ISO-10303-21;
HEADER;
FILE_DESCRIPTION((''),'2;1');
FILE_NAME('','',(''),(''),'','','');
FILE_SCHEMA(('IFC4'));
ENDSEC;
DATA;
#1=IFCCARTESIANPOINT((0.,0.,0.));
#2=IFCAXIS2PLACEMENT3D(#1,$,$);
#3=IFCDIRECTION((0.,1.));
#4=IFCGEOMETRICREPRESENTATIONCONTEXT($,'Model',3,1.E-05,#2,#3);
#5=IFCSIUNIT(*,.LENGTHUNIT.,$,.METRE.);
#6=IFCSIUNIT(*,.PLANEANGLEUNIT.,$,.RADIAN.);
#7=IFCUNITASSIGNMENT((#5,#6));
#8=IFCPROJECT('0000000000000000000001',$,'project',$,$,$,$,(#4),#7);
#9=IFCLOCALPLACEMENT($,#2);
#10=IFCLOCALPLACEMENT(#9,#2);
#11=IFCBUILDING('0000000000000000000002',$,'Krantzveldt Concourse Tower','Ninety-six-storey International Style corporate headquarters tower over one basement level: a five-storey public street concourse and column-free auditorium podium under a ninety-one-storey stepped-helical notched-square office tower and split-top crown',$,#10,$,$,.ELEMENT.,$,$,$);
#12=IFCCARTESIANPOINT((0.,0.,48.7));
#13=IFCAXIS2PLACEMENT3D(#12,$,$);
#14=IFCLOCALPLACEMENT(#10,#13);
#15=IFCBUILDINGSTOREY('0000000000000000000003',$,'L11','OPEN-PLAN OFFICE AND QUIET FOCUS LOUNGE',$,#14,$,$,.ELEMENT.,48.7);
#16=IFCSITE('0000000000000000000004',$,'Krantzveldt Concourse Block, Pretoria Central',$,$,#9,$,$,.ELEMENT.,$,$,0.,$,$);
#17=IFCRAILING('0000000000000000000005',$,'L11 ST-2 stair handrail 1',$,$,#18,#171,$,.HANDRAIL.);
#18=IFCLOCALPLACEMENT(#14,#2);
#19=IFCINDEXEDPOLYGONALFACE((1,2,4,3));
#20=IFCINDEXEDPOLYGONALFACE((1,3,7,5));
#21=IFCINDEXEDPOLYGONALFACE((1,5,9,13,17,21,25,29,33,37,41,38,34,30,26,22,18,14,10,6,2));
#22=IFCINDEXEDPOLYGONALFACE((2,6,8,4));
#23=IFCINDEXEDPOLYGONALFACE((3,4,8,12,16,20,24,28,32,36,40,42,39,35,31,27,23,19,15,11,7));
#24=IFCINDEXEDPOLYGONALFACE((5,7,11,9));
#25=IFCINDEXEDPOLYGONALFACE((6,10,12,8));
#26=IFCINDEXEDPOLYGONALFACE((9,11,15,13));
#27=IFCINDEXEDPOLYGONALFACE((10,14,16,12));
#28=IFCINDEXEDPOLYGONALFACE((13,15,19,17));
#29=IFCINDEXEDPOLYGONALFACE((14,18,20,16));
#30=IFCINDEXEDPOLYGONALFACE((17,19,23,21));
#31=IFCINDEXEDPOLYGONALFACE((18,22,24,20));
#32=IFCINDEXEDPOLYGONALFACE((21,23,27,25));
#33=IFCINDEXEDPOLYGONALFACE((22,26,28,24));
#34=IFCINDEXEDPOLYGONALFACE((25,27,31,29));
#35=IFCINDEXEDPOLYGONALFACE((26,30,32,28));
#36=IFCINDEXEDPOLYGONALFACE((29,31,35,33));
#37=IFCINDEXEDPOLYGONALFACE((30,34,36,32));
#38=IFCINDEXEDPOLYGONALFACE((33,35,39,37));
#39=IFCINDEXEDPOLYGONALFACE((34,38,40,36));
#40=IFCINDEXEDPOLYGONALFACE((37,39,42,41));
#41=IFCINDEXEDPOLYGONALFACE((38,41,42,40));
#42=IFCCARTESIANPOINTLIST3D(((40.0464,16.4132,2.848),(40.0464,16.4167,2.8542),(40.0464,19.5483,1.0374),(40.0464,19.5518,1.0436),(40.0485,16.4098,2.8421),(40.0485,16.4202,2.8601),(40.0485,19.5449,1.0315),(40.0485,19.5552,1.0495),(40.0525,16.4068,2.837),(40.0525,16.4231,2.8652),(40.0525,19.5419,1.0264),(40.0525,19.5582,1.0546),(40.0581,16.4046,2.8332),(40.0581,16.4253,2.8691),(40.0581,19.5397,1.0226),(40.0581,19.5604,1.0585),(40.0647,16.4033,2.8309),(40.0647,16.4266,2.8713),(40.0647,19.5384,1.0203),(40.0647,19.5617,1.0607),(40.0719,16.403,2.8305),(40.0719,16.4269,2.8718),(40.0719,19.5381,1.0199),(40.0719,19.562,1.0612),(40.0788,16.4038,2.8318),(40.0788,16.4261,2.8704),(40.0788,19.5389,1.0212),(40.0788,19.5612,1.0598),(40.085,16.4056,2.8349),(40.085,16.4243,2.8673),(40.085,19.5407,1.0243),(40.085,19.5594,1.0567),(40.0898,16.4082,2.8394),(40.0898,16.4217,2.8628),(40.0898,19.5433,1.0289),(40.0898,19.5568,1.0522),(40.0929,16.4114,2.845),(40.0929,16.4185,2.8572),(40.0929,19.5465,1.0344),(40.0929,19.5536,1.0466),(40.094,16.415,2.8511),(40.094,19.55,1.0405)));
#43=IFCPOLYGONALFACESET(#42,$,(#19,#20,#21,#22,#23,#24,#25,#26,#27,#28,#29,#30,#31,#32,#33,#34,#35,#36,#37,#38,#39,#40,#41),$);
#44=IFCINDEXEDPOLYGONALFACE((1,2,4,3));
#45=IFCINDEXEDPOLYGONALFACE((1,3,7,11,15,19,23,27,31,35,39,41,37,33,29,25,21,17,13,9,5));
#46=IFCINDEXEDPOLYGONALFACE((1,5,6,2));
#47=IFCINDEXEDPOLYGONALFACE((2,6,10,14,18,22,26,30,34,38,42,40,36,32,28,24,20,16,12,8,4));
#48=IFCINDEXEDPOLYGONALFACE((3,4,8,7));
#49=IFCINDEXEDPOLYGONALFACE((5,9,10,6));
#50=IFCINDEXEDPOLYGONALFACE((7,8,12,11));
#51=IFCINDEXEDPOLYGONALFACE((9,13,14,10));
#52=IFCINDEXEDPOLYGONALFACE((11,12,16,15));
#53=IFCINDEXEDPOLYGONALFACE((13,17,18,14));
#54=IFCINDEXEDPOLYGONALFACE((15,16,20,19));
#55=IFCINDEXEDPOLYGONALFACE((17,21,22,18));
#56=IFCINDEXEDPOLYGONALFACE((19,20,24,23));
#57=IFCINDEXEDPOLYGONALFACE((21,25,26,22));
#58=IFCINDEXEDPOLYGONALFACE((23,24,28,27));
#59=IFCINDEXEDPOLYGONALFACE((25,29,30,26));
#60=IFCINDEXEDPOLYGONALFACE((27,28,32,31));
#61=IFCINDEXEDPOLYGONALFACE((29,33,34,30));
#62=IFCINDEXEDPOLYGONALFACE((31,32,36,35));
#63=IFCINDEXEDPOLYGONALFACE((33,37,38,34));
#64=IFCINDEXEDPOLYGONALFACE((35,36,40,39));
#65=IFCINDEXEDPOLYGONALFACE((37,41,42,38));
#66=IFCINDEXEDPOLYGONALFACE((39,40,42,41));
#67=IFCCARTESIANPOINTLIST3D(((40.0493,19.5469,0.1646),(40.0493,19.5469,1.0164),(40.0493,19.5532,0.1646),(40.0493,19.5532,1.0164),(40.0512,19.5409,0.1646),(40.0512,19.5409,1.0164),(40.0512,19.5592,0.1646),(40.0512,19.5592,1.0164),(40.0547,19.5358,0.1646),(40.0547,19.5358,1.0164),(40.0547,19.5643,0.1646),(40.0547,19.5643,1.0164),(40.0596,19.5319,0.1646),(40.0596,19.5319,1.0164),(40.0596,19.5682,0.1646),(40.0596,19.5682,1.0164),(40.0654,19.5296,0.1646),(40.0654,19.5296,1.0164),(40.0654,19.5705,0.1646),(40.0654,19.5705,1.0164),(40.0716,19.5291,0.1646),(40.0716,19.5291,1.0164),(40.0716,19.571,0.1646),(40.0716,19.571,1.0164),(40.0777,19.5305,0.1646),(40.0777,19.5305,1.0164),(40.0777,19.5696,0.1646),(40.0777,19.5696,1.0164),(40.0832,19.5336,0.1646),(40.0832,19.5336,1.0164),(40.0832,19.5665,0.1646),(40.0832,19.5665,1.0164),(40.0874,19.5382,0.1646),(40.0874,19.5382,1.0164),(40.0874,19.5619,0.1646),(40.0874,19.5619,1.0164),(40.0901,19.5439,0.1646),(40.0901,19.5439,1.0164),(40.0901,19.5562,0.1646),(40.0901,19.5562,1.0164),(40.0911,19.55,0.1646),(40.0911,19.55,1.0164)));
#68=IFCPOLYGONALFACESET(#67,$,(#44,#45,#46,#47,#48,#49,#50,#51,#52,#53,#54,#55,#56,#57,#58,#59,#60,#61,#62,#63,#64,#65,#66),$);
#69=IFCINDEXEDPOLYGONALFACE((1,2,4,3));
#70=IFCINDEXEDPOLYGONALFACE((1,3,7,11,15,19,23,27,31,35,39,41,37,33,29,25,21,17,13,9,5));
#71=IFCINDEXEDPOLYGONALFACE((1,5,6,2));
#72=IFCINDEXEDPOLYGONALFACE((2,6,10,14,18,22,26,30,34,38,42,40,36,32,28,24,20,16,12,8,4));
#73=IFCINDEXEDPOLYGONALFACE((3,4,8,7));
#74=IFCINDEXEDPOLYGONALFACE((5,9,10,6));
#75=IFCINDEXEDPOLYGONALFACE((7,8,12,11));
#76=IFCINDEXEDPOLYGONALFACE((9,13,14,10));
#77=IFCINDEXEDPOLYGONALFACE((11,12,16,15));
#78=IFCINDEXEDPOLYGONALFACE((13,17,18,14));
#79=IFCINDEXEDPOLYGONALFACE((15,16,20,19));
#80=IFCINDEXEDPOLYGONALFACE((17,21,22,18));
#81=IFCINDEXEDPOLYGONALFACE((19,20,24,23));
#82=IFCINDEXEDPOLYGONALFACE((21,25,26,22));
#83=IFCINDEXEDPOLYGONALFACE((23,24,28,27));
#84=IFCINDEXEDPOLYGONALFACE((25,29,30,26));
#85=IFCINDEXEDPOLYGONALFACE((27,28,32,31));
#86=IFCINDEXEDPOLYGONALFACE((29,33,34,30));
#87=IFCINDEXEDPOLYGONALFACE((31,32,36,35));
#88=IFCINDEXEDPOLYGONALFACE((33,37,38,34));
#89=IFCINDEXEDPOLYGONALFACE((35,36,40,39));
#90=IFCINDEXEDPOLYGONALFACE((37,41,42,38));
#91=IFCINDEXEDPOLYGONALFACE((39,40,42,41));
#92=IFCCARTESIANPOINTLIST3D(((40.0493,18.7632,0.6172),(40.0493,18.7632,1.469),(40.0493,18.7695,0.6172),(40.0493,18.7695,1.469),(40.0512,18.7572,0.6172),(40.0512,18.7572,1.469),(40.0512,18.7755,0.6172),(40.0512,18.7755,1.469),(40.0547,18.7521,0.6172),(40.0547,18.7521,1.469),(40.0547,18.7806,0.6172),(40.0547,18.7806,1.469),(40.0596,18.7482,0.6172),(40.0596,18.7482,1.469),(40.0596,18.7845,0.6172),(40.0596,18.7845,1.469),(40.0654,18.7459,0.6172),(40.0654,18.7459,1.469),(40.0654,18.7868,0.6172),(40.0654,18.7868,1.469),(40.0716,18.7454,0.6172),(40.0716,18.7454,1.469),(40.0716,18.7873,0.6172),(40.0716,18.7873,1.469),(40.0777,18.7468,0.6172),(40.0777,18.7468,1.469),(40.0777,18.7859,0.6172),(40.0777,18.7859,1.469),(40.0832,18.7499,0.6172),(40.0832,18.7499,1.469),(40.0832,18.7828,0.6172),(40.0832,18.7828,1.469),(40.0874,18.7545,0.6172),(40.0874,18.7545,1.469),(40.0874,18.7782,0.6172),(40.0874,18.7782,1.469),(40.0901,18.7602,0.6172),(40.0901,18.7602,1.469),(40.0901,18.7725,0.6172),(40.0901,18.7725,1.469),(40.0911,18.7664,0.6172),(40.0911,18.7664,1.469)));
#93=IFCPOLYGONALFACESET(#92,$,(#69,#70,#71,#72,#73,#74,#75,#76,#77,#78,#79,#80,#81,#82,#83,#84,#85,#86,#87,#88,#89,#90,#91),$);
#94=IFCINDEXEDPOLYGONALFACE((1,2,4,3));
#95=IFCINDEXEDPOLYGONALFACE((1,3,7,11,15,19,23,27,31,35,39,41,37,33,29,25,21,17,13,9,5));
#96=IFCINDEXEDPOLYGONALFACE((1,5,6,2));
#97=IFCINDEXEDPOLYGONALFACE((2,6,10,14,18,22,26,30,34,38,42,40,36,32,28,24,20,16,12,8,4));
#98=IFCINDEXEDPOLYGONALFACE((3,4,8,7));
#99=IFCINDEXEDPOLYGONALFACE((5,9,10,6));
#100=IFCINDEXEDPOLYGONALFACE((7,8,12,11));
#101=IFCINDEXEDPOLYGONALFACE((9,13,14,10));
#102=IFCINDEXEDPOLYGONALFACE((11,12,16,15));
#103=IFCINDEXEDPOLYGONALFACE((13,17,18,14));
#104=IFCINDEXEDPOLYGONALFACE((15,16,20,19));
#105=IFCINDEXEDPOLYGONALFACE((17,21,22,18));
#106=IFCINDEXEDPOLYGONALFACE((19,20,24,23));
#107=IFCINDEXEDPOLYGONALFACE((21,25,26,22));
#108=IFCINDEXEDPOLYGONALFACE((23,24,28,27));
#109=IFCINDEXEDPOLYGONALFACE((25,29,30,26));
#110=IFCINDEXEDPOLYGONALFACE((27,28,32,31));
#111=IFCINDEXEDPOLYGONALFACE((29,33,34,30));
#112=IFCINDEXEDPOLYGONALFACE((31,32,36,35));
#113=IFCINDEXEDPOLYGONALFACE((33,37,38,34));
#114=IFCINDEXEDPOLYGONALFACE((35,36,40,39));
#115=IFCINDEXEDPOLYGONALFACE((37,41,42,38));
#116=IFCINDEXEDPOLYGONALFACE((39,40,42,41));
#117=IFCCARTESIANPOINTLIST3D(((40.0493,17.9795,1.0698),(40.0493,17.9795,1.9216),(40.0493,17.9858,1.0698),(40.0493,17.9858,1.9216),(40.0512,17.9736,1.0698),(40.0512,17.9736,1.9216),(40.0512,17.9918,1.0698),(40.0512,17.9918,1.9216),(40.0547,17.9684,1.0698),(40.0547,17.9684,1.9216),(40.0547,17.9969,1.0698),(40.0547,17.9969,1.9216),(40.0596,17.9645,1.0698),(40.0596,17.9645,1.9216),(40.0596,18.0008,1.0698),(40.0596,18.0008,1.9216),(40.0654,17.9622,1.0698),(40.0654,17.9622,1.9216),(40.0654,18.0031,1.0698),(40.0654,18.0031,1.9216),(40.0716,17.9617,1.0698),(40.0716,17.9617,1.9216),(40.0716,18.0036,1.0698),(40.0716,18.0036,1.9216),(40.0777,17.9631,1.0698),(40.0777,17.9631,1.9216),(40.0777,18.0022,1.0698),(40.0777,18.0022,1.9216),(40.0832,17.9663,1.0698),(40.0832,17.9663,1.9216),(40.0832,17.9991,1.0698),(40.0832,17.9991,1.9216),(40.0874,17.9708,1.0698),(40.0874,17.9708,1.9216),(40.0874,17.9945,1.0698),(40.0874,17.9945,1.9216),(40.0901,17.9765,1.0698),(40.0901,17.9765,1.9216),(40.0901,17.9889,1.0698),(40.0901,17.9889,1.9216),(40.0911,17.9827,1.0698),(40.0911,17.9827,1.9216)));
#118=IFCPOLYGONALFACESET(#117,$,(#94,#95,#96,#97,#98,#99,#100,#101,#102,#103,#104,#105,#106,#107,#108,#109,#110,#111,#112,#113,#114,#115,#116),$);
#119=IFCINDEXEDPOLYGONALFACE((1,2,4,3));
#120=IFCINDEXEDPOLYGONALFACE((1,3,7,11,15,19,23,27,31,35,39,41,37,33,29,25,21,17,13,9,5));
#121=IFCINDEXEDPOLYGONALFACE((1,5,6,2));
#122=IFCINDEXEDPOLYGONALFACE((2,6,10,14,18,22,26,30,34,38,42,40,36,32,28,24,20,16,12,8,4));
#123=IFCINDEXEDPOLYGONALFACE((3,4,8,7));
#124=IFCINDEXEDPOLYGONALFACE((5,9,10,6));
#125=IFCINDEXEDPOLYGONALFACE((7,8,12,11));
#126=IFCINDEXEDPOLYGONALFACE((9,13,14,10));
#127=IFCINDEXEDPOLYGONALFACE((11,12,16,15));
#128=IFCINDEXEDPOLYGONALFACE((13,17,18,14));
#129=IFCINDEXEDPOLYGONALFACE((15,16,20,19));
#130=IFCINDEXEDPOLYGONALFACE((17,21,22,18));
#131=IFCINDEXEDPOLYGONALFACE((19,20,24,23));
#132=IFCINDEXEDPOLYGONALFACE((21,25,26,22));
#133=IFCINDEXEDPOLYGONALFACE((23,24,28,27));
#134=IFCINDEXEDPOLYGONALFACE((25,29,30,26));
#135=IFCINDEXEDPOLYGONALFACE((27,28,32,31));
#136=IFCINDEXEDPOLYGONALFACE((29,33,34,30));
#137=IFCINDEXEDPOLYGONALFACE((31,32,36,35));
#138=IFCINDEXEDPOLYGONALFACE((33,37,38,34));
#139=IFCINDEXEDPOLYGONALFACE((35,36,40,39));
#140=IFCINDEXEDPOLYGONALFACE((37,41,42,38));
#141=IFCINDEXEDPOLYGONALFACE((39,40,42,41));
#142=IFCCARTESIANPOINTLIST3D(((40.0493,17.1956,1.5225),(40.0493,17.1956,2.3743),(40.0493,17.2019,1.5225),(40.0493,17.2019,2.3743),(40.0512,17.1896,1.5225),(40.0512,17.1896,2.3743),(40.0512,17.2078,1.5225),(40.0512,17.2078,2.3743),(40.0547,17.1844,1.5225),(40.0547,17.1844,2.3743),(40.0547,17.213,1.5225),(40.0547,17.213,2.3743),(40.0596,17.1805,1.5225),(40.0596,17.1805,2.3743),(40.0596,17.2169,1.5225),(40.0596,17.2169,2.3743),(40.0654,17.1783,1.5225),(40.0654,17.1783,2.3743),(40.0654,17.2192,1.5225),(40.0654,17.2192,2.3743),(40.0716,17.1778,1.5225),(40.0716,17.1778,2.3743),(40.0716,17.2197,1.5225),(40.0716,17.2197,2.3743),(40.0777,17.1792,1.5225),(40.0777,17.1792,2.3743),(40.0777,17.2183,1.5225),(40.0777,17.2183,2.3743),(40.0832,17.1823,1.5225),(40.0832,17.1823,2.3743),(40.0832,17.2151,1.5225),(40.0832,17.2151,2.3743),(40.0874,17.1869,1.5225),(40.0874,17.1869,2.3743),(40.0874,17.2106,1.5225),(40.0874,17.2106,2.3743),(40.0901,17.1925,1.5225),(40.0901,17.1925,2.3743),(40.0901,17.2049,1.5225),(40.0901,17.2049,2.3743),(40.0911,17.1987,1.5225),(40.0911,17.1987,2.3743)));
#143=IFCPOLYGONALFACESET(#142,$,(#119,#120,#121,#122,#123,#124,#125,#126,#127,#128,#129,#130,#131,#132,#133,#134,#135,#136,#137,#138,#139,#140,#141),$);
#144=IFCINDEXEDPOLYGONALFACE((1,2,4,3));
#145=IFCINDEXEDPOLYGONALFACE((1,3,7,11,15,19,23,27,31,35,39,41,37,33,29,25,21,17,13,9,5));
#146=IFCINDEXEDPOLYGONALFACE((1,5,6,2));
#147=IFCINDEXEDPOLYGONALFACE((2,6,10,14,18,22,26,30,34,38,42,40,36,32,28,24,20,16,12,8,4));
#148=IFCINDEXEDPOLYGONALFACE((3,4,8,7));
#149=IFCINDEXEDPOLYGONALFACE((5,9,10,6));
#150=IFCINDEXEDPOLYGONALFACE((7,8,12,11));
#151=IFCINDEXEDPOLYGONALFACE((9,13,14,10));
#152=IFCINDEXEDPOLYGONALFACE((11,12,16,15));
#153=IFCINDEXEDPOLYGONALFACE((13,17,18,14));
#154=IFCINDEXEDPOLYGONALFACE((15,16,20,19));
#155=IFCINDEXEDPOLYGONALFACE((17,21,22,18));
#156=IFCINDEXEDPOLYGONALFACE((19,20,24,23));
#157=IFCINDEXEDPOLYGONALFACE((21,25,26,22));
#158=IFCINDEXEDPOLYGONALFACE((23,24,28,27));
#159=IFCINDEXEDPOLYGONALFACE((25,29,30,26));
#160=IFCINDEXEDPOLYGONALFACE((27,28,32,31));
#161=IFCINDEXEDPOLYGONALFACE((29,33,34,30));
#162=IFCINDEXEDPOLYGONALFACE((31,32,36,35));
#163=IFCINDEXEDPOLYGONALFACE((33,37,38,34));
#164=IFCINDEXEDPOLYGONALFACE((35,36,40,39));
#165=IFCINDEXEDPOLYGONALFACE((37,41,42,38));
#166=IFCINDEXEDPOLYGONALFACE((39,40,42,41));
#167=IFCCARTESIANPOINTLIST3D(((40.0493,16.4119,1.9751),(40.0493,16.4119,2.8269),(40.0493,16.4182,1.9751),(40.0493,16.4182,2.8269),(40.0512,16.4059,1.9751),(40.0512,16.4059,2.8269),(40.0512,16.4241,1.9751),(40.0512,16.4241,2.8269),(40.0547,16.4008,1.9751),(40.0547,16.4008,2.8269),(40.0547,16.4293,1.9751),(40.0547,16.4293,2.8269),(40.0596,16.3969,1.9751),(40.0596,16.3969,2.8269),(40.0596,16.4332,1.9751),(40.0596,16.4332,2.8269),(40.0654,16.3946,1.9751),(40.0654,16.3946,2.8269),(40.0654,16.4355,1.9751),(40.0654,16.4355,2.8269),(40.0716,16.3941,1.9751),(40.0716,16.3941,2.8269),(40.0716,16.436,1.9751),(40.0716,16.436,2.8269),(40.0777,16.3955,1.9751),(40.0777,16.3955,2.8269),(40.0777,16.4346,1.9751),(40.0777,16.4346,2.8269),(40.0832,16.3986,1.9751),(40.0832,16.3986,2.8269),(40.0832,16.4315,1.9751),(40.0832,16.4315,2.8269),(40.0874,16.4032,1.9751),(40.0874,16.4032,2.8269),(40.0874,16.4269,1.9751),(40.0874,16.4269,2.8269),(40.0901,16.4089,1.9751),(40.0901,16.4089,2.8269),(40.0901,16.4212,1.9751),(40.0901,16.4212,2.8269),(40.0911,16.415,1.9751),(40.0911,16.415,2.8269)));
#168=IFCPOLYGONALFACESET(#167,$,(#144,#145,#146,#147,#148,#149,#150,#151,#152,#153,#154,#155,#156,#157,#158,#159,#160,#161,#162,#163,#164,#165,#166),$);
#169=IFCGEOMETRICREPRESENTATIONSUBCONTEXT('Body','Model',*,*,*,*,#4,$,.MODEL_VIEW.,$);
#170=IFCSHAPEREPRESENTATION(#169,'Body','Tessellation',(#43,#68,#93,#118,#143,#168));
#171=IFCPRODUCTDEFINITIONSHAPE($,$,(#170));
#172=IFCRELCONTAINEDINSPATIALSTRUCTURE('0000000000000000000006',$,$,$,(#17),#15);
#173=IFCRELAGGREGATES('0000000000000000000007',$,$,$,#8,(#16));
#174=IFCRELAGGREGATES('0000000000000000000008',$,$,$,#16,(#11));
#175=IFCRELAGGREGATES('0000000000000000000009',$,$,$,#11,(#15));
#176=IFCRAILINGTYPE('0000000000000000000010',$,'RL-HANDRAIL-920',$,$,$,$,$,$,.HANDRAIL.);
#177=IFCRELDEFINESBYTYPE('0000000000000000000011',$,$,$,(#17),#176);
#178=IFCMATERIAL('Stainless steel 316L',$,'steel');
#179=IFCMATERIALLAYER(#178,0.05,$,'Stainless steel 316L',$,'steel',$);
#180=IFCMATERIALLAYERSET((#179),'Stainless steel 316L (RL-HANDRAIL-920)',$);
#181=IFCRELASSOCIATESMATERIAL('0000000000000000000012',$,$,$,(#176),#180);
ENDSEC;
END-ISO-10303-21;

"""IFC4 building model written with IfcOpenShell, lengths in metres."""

from ifc_helpers import new_model, si_unit, direction, frame, origin, origin_2d, place, context, subcontext, project, spatial, circle, extrude, material, layer, layer_set, type_object, element, save


model = new_model("IFC4")

# Units and contexts
model_context = context("Model", 3, precision=1e-05, world=origin(), true_north=direction((0.0, 1.0)))
body_context = subcontext(model_context, "Body", "Model", "MODEL_VIEW")
ifc_project = project(units=[si_unit("LENGTHUNIT", "METRE"), si_unit("PLANEANGLEUNIT", "RADIAN")], contexts=[model_context])

# Site, building, storey
site_placement = place(None, origin())
site = spatial("IfcSite", under=ifc_project, at=site_placement, Name="Krantzveldt Concourse Block, Pretoria Central", CompositionType="ELEMENT", RefElevation=0.0)
building_placement = place(site_placement, origin())
building = spatial("IfcBuilding", under=site, at=building_placement, Name="Krantzveldt Concourse Tower", Description="Ninety-six-storey International Style corporate headquarters tower over one basement level: a five-storey public street concourse and column-free auditorium podium under a ninety-one-storey stepped-helical notched-square office tower and split-top crown", CompositionType="ELEMENT")
storey_placement = place(building_placement, frame((0.0, 0.0, 48.7)))
storey = spatial("IfcBuildingStorey", under=building, at=storey_placement, Name="L11", Description="OPEN-PLAN OFFICE AND QUIET FOCUS LOUNGE", CompositionType="ELEMENT", Elevation=48.7)

# Shared definitions
ifc_material_1 = material(Name="Stainless steel 316L", Category="steel")

# Railing
ifc_layer_1 = layer(ifc_material_1, 0.05, Name="Stainless steel 316L", Category="steel")
ifc_layer_set_1 = layer_set([ifc_layer_1], Name="Stainless steel 316L (RL-HANDRAIL-920)")
railing_type_1 = type_object("IfcRailingType", Name="RL-HANDRAIL-920", PredefinedType="HANDRAIL", material=ifc_layer_set_1)
railing_1_placement = place(storey_placement, frame((40.0701, 19.55, 0.1646)))
element("IfcRailing", 1, at=railing_1_placement, inside=storey, type_object=railing_type_1, Name="L11 ST-2 stair handrail 1", PredefinedType="HANDRAIL", context=body_context, shape_type="SweptSolid", body=[
    extrude(circle(Radius=0.0239, at=origin_2d()), frame((0.0, 0.0, 0.876), z_axis=(0.0, -0.86596, 0.500114), x_axis=(1.0, 0.0, 0.0)), (0.0, 0.0, 1.0), 3.6204),
    extrude(circle(Radius=0.021, at=origin_2d()), origin(), (0.0, 0.0, 1.0), 0.8518),
    extrude(circle(Radius=0.021, at=origin_2d()), frame((0.0, -0.7837, 0.4526)), (0.0, 0.0, 1.0), 0.8518),
    extrude(circle(Radius=0.021, at=origin_2d()), frame((0.0, -1.5674, 0.9053)), (0.0, 0.0, 1.0), 0.8518),
    extrude(circle(Radius=0.021, at=origin_2d()), frame((0.0, -2.3513, 1.3579)), (0.0, 0.0, 1.0), 0.8518),
    extrude(circle(Radius=0.021, at=origin_2d()), frame((0.0, -3.135, 1.8105)), (0.0, 0.0, 1.0), 0.8518),
])

save(model, "model.ifc")
